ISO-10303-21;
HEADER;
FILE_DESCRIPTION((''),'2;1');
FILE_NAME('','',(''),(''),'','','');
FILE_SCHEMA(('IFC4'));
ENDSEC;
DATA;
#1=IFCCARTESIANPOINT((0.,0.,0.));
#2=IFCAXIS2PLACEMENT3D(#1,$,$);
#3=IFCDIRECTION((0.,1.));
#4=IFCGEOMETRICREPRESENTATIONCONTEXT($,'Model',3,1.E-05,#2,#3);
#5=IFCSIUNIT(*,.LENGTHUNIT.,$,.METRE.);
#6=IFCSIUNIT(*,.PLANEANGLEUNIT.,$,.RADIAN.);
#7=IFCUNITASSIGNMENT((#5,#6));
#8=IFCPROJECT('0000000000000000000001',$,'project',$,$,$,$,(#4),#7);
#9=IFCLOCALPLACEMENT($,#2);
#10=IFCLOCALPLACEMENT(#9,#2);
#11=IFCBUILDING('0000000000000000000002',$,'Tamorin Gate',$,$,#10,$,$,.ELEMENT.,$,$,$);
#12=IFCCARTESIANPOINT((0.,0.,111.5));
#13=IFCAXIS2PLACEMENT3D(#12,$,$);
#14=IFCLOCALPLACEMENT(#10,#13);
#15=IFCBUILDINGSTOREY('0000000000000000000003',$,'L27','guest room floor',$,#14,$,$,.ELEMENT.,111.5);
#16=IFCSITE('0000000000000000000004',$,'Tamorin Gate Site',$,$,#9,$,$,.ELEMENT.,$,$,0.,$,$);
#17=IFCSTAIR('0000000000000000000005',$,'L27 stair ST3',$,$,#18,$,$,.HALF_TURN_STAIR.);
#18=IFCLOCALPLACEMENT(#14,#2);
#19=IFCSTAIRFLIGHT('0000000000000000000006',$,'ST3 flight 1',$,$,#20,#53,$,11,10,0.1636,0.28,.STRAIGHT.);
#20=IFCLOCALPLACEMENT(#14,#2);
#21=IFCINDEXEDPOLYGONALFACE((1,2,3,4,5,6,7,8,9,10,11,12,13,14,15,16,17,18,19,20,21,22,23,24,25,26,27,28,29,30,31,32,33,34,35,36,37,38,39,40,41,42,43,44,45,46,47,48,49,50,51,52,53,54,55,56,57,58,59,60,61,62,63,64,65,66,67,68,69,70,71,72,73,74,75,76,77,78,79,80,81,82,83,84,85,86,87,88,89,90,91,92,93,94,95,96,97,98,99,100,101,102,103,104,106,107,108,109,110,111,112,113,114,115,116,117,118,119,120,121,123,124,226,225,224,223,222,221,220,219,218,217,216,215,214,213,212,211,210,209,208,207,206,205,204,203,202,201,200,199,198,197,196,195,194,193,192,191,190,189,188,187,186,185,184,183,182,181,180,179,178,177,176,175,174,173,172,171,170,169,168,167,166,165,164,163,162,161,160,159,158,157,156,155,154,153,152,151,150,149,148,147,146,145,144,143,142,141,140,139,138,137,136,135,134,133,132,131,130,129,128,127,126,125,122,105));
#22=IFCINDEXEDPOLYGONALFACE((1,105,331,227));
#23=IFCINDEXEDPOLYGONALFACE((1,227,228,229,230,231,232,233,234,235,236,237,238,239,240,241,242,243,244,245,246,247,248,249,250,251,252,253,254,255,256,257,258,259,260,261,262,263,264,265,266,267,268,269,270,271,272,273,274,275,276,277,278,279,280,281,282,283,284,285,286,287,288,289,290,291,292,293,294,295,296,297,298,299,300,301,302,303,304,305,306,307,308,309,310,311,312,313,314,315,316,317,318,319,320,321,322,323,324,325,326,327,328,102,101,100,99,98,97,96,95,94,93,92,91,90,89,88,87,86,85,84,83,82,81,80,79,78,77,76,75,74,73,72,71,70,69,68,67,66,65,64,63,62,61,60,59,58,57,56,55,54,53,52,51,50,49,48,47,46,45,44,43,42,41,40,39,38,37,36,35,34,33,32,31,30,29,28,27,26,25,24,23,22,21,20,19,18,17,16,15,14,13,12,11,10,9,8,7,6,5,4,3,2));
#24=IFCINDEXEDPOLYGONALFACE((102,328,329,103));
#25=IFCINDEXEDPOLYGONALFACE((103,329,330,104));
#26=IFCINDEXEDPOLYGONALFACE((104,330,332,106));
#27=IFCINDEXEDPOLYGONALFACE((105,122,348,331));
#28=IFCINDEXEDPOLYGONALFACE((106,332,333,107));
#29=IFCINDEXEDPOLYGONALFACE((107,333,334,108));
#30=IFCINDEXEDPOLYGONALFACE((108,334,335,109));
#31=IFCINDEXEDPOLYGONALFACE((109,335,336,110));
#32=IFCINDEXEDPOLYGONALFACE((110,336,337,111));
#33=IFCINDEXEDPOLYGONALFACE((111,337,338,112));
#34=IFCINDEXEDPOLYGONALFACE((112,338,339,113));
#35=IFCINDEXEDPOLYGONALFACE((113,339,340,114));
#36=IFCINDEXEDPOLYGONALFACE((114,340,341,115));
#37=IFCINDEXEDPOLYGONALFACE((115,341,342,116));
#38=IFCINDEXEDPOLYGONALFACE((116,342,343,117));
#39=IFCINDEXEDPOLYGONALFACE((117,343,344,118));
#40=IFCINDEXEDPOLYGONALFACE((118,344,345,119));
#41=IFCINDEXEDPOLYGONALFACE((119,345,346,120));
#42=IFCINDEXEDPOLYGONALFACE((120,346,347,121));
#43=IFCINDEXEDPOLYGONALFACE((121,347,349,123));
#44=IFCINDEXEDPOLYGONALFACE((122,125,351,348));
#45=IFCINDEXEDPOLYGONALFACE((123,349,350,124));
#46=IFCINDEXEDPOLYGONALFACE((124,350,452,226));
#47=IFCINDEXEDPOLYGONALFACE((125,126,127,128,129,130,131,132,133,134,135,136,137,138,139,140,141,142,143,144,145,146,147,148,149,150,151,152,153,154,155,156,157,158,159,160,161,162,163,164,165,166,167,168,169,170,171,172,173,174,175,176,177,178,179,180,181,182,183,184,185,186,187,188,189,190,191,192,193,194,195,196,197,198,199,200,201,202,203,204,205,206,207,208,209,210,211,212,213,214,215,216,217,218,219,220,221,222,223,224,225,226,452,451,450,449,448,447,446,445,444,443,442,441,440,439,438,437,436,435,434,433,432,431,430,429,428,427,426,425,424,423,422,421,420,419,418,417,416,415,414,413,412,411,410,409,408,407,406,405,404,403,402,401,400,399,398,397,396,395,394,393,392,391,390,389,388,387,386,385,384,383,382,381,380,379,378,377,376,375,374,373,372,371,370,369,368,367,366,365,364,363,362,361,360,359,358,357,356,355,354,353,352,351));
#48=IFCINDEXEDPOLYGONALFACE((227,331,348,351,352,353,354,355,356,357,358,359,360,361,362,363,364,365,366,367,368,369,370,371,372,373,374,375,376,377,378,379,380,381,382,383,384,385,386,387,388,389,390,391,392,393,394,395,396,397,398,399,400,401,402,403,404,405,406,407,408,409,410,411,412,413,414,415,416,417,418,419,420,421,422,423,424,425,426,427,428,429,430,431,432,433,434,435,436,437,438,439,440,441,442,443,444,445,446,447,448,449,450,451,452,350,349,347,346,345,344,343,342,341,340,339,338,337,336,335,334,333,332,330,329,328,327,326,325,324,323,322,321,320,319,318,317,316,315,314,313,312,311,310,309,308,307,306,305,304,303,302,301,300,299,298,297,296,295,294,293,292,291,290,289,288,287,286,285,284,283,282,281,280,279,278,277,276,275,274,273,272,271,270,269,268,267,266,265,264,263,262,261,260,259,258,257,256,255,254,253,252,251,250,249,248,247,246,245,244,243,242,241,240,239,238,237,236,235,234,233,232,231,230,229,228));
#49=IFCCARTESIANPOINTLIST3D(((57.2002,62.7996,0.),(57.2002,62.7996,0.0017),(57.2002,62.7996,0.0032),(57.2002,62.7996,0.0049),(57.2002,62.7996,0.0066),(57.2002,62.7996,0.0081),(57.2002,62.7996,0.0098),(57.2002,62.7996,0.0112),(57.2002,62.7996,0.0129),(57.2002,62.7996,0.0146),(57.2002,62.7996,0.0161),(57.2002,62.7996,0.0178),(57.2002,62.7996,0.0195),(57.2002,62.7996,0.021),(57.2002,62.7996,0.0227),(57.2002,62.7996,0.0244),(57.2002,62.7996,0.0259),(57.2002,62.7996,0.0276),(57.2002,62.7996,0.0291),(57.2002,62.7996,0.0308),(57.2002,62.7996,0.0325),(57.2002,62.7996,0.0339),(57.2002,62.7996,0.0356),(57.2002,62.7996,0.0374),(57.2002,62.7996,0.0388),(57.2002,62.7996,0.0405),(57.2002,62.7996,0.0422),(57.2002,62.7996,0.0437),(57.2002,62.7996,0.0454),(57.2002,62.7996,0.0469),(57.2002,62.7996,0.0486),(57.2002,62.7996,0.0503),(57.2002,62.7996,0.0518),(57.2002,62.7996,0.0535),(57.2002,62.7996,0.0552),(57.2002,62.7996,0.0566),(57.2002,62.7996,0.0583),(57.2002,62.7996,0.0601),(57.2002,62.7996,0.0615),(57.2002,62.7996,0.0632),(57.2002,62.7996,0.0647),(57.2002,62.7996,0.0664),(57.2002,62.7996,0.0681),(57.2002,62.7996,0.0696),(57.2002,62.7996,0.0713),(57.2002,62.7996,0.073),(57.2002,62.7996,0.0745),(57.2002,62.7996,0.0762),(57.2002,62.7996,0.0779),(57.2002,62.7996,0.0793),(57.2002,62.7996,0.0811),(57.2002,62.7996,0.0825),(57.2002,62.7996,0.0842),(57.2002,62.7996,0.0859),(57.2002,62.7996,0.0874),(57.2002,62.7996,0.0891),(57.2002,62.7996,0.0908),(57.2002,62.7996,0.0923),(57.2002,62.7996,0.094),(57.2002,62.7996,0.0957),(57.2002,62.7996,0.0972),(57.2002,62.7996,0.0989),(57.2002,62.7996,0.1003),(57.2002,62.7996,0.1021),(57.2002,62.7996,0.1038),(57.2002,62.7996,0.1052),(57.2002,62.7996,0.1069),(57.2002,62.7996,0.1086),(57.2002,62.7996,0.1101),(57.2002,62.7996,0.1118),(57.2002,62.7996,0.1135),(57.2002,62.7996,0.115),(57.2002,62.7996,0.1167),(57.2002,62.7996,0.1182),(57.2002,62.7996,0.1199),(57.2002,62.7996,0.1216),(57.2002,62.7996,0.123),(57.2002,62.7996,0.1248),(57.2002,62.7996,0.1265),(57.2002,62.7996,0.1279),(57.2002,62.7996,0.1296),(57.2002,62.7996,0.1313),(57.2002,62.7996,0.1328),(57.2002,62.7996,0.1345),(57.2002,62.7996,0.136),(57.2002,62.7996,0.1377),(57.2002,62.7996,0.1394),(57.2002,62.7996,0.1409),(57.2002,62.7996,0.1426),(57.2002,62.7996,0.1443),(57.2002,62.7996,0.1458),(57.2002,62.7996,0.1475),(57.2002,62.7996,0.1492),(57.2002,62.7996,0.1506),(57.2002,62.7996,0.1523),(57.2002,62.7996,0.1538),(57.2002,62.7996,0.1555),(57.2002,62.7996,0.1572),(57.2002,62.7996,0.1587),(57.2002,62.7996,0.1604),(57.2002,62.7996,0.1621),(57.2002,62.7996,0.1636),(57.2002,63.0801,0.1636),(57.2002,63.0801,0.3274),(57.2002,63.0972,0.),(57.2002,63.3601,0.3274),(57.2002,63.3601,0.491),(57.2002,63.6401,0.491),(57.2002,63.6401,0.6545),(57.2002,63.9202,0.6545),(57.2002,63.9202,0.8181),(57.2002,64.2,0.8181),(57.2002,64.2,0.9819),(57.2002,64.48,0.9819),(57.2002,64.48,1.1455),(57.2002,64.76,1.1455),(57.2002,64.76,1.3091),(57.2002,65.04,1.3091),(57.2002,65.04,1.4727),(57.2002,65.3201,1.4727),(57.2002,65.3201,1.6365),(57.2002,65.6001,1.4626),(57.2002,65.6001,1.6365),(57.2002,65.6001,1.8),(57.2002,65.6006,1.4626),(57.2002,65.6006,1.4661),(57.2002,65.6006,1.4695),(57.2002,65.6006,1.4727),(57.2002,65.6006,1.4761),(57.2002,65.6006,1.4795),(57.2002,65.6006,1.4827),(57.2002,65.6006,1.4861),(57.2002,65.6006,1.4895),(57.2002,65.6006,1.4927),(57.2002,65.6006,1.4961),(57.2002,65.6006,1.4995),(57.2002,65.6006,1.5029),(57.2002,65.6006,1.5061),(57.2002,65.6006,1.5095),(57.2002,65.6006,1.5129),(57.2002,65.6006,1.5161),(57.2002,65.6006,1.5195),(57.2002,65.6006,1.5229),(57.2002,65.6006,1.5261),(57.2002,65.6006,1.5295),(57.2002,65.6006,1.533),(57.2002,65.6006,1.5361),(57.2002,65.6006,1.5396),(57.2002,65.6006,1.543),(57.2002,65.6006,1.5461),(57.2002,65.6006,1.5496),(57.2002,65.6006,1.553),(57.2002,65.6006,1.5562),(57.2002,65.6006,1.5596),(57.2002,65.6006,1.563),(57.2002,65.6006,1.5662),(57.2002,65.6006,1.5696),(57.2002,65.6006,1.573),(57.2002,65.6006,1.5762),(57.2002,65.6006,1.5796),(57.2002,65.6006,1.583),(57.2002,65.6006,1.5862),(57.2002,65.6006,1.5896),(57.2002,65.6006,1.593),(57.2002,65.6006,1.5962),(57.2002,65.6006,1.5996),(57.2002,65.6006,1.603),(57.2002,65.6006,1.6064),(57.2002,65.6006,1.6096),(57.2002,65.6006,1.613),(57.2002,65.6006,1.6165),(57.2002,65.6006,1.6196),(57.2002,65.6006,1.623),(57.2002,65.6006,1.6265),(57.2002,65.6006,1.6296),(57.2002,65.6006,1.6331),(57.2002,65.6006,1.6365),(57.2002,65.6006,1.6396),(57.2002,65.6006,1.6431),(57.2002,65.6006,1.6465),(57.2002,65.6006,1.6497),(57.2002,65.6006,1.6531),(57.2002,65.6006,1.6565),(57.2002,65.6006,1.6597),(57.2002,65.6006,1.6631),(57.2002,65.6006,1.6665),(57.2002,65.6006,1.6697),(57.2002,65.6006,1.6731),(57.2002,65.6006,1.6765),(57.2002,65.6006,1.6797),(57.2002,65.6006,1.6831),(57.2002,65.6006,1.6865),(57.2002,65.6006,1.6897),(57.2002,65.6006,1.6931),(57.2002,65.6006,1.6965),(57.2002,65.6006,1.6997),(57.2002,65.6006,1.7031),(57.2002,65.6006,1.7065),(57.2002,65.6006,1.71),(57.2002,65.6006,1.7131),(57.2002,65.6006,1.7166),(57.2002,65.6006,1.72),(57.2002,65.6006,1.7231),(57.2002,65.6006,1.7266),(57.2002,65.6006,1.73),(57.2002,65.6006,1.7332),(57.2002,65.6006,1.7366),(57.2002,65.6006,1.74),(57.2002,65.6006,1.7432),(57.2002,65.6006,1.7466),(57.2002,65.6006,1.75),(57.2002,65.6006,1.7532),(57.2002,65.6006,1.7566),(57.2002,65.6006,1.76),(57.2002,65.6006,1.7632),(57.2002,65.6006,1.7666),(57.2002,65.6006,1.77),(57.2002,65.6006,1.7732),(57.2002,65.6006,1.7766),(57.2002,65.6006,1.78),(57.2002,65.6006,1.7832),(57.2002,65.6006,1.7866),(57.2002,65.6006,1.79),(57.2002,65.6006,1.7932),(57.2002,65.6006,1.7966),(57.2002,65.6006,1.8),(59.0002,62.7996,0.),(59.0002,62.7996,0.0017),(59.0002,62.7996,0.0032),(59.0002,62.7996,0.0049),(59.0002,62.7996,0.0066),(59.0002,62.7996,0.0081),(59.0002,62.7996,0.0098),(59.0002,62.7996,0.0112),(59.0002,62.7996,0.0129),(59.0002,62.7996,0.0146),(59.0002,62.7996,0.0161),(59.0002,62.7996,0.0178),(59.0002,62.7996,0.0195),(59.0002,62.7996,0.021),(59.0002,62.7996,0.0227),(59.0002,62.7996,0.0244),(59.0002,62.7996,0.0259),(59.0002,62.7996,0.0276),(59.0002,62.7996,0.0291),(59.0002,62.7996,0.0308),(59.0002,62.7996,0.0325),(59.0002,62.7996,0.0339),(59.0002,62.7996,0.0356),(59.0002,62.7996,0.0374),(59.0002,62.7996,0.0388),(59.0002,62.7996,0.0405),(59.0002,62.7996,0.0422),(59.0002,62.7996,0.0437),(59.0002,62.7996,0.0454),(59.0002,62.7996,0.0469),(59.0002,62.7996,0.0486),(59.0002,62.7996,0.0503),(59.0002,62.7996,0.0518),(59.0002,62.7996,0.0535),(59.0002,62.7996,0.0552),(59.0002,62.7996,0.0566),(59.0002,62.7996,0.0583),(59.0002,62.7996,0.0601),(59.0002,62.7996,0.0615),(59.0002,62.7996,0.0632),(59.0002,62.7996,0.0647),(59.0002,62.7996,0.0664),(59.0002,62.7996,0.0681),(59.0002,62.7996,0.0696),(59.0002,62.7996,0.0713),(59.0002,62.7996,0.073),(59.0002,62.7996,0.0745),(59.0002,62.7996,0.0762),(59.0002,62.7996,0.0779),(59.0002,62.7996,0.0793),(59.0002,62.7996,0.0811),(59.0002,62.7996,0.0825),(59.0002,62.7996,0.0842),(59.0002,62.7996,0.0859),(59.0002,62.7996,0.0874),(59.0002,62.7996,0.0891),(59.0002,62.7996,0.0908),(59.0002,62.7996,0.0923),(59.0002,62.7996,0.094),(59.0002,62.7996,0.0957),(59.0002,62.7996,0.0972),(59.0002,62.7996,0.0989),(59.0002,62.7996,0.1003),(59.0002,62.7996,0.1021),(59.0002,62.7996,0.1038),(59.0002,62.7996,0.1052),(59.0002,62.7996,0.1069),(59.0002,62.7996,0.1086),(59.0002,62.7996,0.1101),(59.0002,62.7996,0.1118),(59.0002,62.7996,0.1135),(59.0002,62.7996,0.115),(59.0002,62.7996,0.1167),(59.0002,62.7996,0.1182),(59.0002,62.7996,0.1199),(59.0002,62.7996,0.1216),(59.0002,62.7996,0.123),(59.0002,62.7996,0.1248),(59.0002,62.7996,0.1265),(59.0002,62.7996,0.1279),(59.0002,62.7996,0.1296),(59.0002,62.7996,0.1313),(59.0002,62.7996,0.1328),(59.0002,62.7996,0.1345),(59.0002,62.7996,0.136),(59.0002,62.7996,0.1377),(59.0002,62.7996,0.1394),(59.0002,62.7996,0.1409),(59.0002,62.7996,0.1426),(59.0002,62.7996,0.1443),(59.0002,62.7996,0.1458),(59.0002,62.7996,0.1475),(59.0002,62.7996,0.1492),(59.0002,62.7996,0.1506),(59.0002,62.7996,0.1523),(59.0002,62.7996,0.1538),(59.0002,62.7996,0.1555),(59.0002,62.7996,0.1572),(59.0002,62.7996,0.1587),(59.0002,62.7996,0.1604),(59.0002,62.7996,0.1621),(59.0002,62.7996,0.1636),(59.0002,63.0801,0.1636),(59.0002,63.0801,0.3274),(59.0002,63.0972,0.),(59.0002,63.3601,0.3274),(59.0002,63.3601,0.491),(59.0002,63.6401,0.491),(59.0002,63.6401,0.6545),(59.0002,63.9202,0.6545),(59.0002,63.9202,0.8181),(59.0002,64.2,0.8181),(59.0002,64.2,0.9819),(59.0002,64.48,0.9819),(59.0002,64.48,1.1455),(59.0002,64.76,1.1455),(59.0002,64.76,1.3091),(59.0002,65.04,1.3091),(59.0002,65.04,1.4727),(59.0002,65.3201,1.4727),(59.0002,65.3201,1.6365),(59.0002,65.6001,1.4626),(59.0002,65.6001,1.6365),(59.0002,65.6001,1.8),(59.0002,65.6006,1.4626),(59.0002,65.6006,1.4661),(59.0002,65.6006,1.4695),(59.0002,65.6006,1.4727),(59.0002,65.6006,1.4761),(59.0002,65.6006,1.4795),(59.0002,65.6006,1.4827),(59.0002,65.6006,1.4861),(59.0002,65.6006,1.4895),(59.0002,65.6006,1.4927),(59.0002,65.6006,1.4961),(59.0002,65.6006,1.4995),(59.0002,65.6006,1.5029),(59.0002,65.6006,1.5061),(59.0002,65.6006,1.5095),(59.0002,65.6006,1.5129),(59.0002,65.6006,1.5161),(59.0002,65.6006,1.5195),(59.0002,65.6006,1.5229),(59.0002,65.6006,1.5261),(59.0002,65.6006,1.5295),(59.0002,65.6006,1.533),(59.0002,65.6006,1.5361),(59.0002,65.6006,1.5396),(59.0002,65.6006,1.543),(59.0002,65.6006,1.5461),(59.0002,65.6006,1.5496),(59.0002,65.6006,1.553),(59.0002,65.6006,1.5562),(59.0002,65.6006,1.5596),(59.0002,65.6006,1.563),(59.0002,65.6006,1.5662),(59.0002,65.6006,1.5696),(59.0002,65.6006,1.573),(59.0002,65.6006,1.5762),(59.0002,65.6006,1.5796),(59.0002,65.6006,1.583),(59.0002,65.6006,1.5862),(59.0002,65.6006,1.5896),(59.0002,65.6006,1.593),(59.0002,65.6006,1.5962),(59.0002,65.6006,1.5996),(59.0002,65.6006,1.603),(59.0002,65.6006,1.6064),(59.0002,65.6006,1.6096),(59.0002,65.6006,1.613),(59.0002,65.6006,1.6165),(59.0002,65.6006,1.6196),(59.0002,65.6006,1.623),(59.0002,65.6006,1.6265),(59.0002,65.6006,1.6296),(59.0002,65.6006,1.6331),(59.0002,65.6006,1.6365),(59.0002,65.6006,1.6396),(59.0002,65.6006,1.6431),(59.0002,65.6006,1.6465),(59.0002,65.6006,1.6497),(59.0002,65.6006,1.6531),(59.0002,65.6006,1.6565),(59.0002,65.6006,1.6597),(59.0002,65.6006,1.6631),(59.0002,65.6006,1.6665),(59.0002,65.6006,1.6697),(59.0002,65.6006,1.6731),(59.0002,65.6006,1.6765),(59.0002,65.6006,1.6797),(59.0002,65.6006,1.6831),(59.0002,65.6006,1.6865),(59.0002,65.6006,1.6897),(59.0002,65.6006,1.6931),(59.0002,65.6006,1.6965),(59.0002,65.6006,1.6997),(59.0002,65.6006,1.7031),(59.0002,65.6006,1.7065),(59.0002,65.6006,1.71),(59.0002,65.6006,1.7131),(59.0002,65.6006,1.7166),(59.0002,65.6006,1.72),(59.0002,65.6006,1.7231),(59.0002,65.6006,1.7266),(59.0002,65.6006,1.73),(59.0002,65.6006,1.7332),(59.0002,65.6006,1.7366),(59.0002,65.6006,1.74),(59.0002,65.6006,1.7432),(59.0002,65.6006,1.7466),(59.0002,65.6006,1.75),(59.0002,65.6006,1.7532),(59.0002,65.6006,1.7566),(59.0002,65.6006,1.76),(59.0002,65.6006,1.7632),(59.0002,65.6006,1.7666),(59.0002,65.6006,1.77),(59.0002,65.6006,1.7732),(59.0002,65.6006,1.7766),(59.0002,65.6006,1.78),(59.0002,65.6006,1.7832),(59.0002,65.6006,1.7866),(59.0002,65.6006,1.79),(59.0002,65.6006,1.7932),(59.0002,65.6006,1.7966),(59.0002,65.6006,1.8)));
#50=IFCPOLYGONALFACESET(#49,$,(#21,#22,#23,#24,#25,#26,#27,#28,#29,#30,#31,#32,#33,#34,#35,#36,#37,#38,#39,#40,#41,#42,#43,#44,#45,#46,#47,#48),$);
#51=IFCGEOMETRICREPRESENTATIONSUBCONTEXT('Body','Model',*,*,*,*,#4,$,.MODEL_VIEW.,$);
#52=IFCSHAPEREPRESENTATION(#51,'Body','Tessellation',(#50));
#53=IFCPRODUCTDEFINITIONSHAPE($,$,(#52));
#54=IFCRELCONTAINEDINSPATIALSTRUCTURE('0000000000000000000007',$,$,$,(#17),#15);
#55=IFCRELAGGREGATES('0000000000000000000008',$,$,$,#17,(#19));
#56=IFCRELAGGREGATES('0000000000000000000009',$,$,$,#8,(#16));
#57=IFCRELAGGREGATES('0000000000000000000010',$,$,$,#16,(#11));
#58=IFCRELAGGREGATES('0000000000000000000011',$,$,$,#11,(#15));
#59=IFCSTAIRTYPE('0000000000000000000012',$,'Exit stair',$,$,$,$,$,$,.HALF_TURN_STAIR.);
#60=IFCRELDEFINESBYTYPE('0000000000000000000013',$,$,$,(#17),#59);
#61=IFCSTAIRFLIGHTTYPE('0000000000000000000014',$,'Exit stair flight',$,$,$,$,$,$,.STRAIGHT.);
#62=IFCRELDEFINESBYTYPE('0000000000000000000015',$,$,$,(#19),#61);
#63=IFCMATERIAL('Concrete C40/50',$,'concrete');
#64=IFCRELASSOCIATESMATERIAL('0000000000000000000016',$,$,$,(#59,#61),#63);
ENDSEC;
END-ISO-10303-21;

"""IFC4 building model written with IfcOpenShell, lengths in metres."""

from ifc_helpers import new_model, si_unit, direction, frame, origin, place, context, subcontext, project, spatial, polyline, outline, extrude, material, type_object, element, aggregate, save


model = new_model("IFC4")

# Units and contexts
model_context = context("Model", 3, precision=1e-05, world=origin(), true_north=direction((0.0, 1.0)))
body_context = subcontext(model_context, "Body", "Model", "MODEL_VIEW")
ifc_project = project(units=[si_unit("LENGTHUNIT", "METRE"), si_unit("PLANEANGLEUNIT", "RADIAN")], contexts=[model_context])

# Site, building, storey
site_placement = place(None, origin())
site = spatial("IfcSite", under=ifc_project, at=site_placement, Name="Tamorin Gate Site", CompositionType="ELEMENT", RefElevation=0.0)
building_placement = place(site_placement, origin())
building = spatial("IfcBuilding", under=site, at=building_placement, Name="Tamorin Gate", CompositionType="ELEMENT")
storey_placement = place(building_placement, frame((0.0, 0.0, 111.5)))
storey = spatial("IfcBuildingStorey", under=building, at=storey_placement, Name="L27", Description="guest room floor", CompositionType="ELEMENT", Elevation=111.5)

# Shared definitions
ifc_material_1 = material(Name="Concrete C40/50", Category="concrete")

# Stair, stair flight
stair_type = type_object("IfcStairType", Name="Exit stair", PredefinedType="HALF_TURN_STAIR", material=ifc_material_1)
stair_placement = place(storey_placement, origin())
stair = element("IfcStair", 1, at=stair_placement, inside=storey, type_object=stair_type, Name="L27 stair ST3", PredefinedType="HALF_TURN_STAIR")
stair_flight_type = type_object("IfcStairFlightType", Name="Exit stair flight", PredefinedType="STRAIGHT", material=ifc_material_1)
stair_flight_1_placement = place(storey_placement, frame((58.1001, 62.8, 0.0), z_axis=(0.0, 0.0, 1.0), x_axis=(0.0, 1.0, 0.0)))
stair_flight_1 = element("IfcStairFlight", 2, at=stair_flight_1_placement, type_object=stair_flight_type, Name="ST3 flight 1", NumberOfRisers=11, NumberOfTreads=10, PredefinedType="STRAIGHT", RiserHeight=0.1636, TreadLength=0.28, context=body_context, shape_type="SweptSolid", body=[
    extrude(outline(polyline([(-0.0005, 0.0), (-0.0005, 0.0017), (-0.0005, 0.0032), (-0.0005, 0.0049), (-0.0005, 0.0066), (-0.0005, 0.0081), (-0.0005, 0.0098), (-0.0005, 0.0112), (-0.0005, 0.0129), (-0.0005, 0.0146), (-0.0005, 0.0161), (-0.0005, 0.0178), (-0.0005, 0.0195), (-0.0005, 0.021), (-0.0005, 0.0227), (-0.0005, 0.0244), (-0.0005, 0.0259), (-0.0005, 0.0276), (-0.0005, 0.0291), (-0.0005, 0.0308), (-0.0005, 0.0325), (-0.0005, 0.0339), (-0.0005, 0.0356), (-0.0005, 0.0374), (-0.0005, 0.0388), (-0.0005, 0.0405), (-0.0005, 0.0422), (-0.0005, 0.0437), (-0.0005, 0.0454), (-0.0005, 0.0469), (-0.0005, 0.0486), (-0.0005, 0.0503), (-0.0005, 0.0518), (-0.0005, 0.0535), (-0.0005, 0.0552), (-0.0005, 0.0566), (-0.0005, 0.0583), (-0.0005, 0.0601), (-0.0005, 0.0615), (-0.0005, 0.0632), (-0.0005, 0.0647), (-0.0005, 0.0664), (-0.0005, 0.0681), (-0.0005, 0.0696), (-0.0005, 0.0713), (-0.0005, 0.073), (-0.0005, 0.0745), (-0.0005, 0.0762), (-0.0005, 0.0779), (-0.0005, 0.0793), (-0.0005, 0.0811), (-0.0005, 0.0825), (-0.0005, 0.0842), (-0.0005, 0.0859), (-0.0005, 0.0874), (-0.0005, 0.0891), (-0.0005, 0.0908), (-0.0005, 0.0923), (-0.0005, 0.094), (-0.0005, 0.0957), (-0.0005, 0.0972), (-0.0005, 0.0989), (-0.0005, 0.1003), (-0.0005, 0.1021), (-0.0005, 0.1038), (-0.0005, 0.1052), (-0.0005, 0.1069), (-0.0005, 0.1086), (-0.0005, 0.1101), (-0.0005, 0.1118), (-0.0005, 0.1135), (-0.0005, 0.115), (-0.0005, 0.1167), (-0.0005, 0.1182), (-0.0005, 0.1199), (-0.0005, 0.1216), (-0.0005, 0.123), (-0.0005, 0.1248), (-0.0005, 0.1265), (-0.0005, 0.1279), (-0.0005, 0.1296), (-0.0005, 0.1313), (-0.0005, 0.1328), (-0.0005, 0.1345), (-0.0005, 0.136), (-0.0005, 0.1377), (-0.0005, 0.1394), (-0.0005, 0.1409), (-0.0005, 0.1426), (-0.0005, 0.1443), (-0.0005, 0.1458), (-0.0005, 0.1475), (-0.0005, 0.1492), (-0.0005, 0.1506), (-0.0005, 0.1523), (-0.0005, 0.1538), (-0.0005, 0.1555), (-0.0005, 0.1572), (-0.0005, 0.1587), (-0.0005, 0.1604), (-0.0005, 0.1621), (-0.0005, 0.1636), (0.28, 0.1636), (0.28, 0.3274), (0.5601, 0.3274), (0.5601, 0.491), (0.8401, 0.491), (0.8401, 0.6545), (1.1201, 0.6545), (1.1201, 0.8181), (1.3999, 0.8181), (1.3999, 0.9819), (1.6799, 0.9819), (1.6799, 1.1455), (1.96, 1.1455), (1.96, 1.3091), (2.24, 1.3091), (2.24, 1.4727), (2.52, 1.4727), (2.52, 1.6365), (2.8, 1.6365), (2.8, 1.8), (2.8005, 1.8), (2.8005, 1.7966), (2.8005, 1.7932), (2.8005, 1.79), (2.8005, 1.7866), (2.8005, 1.7832), (2.8005, 1.78), (2.8005, 1.7766), (2.8005, 1.7732), (2.8005, 1.77), (2.8005, 1.7666), (2.8005, 1.7632), (2.8005, 1.76), (2.8005, 1.7566), (2.8005, 1.7532), (2.8005, 1.75), (2.8005, 1.7466), (2.8005, 1.7432), (2.8005, 1.74), (2.8005, 1.7366), (2.8005, 1.7332), (2.8005, 1.73), (2.8005, 1.7266), (2.8005, 1.7231), (2.8005, 1.72), (2.8005, 1.7166), (2.8005, 1.7131), (2.8005, 1.71), (2.8005, 1.7065), (2.8005, 1.7031), (2.8005, 1.6997), (2.8005, 1.6965), (2.8005, 1.6931), (2.8005, 1.6897), (2.8005, 1.6865), (2.8005, 1.6831), (2.8005, 1.6797), (2.8005, 1.6765), (2.8005, 1.6731), (2.8005, 1.6697), (2.8005, 1.6665), (2.8005, 1.6631), (2.8005, 1.6597), (2.8005, 1.6565), (2.8005, 1.6531), (2.8005, 1.6497), (2.8005, 1.6465), (2.8005, 1.6431), (2.8005, 1.6396), (2.8005, 1.6365), (2.8005, 1.6331), (2.8005, 1.6296), (2.8005, 1.6265), (2.8005, 1.623), (2.8005, 1.6196), (2.8005, 1.6165), (2.8005, 1.613), (2.8005, 1.6096), (2.8005, 1.6064), (2.8005, 1.603), (2.8005, 1.5996), (2.8005, 1.5962), (2.8005, 1.593), (2.8005, 1.5896), (2.8005, 1.5862), (2.8005, 1.583), (2.8005, 1.5796), (2.8005, 1.5762), (2.8005, 1.573), (2.8005, 1.5696), (2.8005, 1.5662), (2.8005, 1.563), (2.8005, 1.5596), (2.8005, 1.5562), (2.8005, 1.553), (2.8005, 1.5496), (2.8005, 1.5461), (2.8005, 1.543), (2.8005, 1.5396), (2.8005, 1.5361), (2.8005, 1.533), (2.8005, 1.5295), (2.8005, 1.5261), (2.8005, 1.5229), (2.8005, 1.5195), (2.8005, 1.5161), (2.8005, 1.5129), (2.8005, 1.5095), (2.8005, 1.5061), (2.8005, 1.5029), (2.8005, 1.4995), (2.8005, 1.4961), (2.8005, 1.4927), (2.8005, 1.4895), (2.8005, 1.4861), (2.8005, 1.4827), (2.8005, 1.4795), (2.8005, 1.4761), (2.8005, 1.4727), (2.8005, 1.4695), (2.8005, 1.4661), (2.8005, 1.4626), (2.8, 1.4626), (0.2971, 0.0), (-0.0005, 0.0)])), frame((0.0, 0.8999, 0.0), z_axis=(0.0, -1.0, 0.0), x_axis=(1.0, 0.0, 0.0)), (0.0, 0.0, 1.0), 1.8),
])
aggregate(stair, [stair_flight_1])

save(model, "model.ifc")
